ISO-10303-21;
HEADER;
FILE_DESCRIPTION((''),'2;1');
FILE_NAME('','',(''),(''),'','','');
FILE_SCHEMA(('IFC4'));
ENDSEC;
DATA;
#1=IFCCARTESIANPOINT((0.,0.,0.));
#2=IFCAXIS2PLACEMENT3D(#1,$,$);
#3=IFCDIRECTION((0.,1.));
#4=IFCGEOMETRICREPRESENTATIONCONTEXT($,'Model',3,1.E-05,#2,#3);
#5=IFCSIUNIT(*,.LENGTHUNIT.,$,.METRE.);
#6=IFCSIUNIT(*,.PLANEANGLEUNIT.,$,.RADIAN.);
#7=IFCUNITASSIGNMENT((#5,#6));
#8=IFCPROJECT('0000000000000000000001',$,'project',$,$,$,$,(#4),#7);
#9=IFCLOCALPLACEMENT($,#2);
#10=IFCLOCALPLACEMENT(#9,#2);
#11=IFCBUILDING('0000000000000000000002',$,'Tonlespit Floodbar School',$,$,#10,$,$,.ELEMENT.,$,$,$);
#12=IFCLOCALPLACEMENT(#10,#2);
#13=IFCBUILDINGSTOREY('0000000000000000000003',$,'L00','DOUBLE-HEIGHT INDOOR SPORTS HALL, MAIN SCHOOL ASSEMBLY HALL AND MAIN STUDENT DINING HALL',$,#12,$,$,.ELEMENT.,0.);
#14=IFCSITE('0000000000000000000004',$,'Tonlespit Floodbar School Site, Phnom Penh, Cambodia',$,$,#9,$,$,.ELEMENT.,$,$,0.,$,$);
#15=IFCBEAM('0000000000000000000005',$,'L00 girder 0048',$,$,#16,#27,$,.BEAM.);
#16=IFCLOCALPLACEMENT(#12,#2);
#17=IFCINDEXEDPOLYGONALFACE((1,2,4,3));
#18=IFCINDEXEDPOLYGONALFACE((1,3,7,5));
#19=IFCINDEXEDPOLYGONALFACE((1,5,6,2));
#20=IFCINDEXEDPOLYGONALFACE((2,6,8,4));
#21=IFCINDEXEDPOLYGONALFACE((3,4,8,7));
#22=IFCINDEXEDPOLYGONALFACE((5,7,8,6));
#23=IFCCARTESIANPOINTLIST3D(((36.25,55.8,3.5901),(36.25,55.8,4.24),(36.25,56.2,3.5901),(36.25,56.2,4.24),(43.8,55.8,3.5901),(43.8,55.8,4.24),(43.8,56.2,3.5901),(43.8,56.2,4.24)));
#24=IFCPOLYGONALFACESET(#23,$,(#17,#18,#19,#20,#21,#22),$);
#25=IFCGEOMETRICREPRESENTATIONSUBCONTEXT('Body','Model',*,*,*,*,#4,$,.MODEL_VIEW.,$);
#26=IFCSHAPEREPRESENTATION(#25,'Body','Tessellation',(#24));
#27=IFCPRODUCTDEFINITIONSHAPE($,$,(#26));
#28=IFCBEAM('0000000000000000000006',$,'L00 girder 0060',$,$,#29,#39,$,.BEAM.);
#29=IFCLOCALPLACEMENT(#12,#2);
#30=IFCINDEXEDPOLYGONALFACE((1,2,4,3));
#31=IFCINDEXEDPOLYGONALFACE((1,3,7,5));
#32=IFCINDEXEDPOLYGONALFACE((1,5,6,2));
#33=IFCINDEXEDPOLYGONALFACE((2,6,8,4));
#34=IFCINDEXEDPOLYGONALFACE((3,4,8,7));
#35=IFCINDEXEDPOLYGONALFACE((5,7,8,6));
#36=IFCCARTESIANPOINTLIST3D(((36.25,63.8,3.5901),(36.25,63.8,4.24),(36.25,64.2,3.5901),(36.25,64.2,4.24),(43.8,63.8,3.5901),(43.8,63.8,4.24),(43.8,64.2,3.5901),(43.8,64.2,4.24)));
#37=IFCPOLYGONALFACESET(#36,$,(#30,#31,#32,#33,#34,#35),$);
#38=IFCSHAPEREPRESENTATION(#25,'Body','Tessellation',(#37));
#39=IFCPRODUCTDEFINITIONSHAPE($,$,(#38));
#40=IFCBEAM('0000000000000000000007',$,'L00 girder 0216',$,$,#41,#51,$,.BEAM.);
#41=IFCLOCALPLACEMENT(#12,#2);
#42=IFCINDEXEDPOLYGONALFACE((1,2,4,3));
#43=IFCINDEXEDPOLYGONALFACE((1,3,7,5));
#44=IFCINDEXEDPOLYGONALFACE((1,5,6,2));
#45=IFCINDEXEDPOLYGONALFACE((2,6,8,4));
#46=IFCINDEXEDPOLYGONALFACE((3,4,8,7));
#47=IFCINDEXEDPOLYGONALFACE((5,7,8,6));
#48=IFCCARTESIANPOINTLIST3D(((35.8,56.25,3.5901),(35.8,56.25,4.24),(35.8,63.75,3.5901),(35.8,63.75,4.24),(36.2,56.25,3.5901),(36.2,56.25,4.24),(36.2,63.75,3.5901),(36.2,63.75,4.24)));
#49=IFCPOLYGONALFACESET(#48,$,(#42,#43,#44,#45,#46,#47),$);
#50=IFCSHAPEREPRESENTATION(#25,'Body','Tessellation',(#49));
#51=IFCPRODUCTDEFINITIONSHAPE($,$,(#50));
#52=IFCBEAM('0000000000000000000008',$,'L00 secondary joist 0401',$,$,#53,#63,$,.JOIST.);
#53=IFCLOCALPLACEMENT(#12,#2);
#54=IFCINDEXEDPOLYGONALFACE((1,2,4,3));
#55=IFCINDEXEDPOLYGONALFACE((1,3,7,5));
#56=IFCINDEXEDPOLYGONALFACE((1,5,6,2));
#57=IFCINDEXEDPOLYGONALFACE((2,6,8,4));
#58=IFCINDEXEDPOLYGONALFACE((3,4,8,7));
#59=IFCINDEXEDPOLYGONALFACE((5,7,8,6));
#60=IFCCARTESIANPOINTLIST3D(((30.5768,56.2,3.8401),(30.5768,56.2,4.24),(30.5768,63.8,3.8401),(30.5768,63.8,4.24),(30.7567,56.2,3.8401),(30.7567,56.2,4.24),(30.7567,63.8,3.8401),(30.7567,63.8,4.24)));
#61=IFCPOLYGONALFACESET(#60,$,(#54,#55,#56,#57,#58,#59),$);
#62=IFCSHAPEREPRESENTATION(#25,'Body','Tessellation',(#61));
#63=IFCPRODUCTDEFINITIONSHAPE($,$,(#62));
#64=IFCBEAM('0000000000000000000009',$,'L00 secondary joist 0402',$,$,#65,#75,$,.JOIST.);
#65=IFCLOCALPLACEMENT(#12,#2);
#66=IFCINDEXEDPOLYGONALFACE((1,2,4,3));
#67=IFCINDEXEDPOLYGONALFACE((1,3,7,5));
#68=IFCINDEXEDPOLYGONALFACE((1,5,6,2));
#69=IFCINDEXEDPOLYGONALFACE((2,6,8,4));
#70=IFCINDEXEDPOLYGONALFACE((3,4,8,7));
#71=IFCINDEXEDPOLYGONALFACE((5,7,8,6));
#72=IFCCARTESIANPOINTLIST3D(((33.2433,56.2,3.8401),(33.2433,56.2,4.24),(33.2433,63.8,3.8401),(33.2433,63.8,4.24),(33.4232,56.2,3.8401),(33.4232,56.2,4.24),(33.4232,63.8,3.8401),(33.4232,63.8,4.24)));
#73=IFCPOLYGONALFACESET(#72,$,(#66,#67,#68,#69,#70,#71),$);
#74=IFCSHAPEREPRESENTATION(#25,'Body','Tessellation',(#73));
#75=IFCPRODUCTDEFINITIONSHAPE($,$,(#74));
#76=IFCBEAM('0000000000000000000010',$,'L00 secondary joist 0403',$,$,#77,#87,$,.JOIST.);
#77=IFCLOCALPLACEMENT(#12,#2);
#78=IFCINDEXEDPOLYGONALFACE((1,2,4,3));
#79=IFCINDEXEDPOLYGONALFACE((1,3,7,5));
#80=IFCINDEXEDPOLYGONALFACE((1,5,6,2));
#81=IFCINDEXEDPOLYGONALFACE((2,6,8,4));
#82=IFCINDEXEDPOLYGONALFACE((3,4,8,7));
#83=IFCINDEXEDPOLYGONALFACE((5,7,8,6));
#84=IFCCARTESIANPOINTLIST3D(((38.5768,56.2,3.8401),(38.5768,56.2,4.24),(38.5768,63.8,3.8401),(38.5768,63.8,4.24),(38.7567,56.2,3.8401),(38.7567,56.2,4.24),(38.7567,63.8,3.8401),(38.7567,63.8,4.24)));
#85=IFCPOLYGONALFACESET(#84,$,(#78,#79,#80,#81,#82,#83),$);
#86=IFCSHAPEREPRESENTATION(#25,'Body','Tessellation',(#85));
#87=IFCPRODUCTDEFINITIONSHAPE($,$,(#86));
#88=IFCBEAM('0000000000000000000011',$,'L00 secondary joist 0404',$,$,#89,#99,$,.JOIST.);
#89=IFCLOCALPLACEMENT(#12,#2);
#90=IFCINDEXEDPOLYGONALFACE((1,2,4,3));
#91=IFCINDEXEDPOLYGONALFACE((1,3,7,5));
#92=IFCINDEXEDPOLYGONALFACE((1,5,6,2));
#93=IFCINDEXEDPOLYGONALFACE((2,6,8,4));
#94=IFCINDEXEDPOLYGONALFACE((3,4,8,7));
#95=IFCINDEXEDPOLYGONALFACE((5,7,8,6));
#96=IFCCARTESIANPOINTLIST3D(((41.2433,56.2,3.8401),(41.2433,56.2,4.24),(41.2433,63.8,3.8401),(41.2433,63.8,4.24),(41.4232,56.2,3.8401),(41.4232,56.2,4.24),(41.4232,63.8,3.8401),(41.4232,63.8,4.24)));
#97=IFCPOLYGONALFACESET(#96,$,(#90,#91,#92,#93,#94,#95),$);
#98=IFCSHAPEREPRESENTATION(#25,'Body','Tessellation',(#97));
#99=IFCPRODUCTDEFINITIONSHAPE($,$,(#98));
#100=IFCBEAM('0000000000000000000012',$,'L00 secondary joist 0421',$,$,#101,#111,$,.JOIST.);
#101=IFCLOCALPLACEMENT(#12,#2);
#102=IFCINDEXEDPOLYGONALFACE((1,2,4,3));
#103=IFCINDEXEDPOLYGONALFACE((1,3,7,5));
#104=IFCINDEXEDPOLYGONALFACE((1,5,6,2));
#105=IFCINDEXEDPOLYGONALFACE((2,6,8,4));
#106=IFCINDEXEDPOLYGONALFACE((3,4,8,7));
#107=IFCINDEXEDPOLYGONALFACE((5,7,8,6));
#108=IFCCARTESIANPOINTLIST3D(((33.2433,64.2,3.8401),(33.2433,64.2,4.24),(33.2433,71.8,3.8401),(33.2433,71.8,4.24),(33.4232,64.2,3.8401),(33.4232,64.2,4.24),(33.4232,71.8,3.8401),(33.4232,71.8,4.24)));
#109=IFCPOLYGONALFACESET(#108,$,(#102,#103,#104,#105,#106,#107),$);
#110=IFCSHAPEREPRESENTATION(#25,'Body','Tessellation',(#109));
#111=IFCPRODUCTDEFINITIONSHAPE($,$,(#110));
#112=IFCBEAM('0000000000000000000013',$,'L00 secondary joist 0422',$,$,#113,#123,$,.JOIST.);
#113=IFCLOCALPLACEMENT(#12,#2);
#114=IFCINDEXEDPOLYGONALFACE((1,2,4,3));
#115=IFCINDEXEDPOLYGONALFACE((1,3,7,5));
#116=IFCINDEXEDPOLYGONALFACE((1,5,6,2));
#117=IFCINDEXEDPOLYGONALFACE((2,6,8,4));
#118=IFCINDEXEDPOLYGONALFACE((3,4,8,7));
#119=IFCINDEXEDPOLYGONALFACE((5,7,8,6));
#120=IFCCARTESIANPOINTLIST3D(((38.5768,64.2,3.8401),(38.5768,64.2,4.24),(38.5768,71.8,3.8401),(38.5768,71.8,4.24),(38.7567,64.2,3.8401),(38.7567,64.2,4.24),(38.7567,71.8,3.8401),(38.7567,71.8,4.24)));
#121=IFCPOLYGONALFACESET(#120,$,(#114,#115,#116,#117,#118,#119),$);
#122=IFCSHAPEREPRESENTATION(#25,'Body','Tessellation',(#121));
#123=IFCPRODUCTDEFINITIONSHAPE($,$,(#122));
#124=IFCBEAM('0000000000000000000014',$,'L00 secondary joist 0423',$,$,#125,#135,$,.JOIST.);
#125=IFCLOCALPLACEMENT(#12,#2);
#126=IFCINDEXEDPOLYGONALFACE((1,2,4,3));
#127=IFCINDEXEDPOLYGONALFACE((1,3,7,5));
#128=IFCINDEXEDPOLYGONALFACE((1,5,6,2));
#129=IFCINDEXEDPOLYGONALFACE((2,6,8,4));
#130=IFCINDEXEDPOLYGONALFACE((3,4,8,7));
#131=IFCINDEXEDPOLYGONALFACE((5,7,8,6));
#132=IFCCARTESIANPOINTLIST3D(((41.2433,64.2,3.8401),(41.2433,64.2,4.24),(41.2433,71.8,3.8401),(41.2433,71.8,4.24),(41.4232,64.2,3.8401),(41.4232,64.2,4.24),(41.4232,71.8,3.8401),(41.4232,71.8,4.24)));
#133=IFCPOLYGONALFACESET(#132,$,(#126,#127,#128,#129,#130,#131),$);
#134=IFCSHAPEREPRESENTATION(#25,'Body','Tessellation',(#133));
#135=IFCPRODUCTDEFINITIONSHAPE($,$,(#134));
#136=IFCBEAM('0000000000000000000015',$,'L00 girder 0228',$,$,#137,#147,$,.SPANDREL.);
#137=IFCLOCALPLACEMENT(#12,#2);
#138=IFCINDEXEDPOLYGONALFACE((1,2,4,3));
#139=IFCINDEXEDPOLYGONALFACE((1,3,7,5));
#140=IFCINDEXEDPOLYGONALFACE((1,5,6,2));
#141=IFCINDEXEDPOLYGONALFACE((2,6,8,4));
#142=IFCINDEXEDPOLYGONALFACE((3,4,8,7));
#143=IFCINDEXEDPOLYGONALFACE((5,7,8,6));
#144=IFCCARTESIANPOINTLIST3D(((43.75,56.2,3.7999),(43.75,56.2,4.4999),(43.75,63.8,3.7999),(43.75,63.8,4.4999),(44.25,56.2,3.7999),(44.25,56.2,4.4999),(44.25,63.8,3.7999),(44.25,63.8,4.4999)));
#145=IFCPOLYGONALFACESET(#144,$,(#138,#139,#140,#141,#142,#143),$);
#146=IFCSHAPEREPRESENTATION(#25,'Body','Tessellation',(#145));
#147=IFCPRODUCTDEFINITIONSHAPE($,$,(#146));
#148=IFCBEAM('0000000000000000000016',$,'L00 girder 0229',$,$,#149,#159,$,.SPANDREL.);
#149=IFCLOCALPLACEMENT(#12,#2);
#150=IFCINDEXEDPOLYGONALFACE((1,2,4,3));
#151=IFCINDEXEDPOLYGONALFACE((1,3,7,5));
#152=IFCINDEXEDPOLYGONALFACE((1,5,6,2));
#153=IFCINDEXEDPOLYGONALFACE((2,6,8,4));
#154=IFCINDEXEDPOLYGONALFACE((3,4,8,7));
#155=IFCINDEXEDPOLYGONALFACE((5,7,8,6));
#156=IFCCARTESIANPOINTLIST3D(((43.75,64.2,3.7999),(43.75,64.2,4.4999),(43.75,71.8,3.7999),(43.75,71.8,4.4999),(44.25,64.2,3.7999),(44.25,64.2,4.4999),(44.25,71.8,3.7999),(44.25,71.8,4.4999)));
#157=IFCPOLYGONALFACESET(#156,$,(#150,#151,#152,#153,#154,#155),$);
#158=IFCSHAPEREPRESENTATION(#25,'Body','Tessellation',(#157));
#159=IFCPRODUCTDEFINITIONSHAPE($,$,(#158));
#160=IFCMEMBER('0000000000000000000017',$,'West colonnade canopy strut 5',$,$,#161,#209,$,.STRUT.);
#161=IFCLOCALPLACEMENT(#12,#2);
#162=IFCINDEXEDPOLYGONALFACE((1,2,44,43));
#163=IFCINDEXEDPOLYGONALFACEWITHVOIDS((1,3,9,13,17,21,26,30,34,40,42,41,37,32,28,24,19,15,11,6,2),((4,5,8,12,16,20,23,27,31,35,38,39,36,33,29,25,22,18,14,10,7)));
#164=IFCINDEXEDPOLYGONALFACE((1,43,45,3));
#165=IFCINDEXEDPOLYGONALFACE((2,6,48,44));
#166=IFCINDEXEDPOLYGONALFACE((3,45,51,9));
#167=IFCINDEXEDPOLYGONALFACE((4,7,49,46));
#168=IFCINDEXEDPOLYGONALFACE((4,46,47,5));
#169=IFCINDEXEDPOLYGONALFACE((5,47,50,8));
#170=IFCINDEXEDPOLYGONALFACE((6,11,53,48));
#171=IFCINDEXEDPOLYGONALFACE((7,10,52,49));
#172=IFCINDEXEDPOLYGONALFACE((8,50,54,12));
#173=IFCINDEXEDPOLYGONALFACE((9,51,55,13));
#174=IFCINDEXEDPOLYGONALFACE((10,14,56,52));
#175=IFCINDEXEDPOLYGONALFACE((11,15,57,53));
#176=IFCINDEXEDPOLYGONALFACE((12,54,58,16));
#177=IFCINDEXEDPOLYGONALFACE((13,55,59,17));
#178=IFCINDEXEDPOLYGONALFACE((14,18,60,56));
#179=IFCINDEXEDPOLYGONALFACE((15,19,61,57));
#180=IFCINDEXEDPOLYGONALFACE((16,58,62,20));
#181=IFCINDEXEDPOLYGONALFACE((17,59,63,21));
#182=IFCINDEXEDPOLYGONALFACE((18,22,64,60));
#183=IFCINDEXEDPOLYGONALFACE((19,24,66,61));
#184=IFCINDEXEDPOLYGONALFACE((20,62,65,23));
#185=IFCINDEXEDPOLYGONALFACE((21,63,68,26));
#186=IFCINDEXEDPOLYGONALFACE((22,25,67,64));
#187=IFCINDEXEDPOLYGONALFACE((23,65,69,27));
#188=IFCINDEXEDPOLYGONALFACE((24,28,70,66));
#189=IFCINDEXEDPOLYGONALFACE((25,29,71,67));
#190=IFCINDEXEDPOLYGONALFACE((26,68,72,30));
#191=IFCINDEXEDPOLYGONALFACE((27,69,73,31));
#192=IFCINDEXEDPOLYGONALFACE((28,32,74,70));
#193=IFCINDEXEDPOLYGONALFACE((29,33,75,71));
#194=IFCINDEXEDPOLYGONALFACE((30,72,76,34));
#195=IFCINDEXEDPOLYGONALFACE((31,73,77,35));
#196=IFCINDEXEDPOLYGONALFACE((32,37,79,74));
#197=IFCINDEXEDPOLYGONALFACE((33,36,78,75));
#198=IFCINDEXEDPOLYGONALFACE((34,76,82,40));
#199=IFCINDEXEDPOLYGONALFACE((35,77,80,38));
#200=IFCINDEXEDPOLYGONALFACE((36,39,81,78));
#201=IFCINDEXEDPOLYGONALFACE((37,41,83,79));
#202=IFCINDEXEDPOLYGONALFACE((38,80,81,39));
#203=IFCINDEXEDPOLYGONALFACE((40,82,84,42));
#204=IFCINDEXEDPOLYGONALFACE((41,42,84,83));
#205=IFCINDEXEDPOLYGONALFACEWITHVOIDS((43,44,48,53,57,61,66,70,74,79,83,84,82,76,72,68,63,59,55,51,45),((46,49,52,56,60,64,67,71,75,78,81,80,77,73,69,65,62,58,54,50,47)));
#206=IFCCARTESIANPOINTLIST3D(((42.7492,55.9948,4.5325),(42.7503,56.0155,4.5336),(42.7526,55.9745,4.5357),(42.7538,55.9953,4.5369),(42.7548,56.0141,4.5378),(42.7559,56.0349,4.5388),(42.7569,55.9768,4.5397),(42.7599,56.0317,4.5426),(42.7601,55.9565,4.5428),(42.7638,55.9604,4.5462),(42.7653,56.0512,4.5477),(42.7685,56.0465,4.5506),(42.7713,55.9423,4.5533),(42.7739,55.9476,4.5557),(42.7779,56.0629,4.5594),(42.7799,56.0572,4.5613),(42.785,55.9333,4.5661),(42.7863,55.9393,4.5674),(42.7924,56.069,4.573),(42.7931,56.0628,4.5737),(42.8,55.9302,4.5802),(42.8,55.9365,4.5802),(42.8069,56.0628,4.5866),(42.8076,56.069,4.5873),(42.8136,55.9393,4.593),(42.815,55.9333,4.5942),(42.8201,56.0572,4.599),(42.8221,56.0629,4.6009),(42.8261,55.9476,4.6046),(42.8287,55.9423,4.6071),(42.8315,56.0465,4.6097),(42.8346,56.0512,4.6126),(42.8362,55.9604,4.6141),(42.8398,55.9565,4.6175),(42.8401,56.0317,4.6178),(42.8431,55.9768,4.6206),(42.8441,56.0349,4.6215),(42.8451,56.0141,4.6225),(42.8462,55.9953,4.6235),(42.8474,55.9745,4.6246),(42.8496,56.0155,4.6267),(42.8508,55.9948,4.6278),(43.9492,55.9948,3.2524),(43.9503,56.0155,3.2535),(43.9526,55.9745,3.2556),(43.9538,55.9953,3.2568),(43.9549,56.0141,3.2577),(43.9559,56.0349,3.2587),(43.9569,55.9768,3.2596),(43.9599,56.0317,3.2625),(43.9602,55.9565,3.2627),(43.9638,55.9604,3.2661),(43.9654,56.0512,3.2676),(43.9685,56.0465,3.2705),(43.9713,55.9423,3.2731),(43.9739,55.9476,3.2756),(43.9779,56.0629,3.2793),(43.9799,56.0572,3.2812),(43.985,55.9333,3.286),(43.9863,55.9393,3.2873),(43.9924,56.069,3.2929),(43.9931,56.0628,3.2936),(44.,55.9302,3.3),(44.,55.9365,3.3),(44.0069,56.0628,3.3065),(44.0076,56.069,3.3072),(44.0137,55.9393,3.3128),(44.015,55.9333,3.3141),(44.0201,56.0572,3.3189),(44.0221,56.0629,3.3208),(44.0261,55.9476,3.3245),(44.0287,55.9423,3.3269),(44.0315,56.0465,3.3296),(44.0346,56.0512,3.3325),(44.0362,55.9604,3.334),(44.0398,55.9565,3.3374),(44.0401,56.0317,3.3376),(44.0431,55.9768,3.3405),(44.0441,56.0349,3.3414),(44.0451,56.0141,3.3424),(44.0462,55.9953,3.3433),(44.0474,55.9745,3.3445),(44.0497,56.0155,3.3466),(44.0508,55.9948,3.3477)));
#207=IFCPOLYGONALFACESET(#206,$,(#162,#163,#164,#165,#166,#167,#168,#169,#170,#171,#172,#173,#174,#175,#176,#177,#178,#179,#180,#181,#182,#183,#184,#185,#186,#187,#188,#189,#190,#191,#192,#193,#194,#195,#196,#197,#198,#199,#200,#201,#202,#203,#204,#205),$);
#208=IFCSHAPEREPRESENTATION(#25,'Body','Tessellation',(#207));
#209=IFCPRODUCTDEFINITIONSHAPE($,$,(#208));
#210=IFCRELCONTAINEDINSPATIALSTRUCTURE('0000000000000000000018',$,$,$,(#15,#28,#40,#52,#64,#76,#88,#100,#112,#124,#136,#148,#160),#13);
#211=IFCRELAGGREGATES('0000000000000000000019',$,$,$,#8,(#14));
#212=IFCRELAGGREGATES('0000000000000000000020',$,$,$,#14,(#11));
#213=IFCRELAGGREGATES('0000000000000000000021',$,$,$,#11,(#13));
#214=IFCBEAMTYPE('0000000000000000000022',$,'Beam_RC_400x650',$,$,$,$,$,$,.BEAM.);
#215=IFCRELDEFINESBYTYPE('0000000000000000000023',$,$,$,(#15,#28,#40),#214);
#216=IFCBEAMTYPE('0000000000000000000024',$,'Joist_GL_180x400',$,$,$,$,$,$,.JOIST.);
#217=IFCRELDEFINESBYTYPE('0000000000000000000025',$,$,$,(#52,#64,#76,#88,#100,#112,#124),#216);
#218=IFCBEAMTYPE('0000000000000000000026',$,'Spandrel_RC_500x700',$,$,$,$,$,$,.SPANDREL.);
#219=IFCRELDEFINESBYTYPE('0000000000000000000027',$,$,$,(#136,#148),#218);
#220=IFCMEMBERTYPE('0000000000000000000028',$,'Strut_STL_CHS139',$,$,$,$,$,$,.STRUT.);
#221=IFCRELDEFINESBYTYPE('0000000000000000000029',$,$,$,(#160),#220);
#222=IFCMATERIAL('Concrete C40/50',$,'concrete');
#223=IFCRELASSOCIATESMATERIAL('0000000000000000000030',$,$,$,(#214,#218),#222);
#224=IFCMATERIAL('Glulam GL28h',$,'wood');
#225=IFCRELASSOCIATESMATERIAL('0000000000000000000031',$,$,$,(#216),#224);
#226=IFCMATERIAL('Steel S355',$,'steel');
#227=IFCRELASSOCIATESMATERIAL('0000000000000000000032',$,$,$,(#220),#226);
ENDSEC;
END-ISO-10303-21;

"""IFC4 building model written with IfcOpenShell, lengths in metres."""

from ifc_helpers import new_model, si_unit, direction, frame, origin, origin_2d, place, context, subcontext, project, spatial, rectangle, hollow_circle, extrude, material, material_profile, profile_set, type_object, element, save


model = new_model("IFC4")

# Units and contexts
model_context = context("Model", 3, precision=1e-05, world=origin(), true_north=direction((0.0, 1.0)))
body_context = subcontext(model_context, "Body", "Model", "MODEL_VIEW")
ifc_project = project(units=[si_unit("LENGTHUNIT", "METRE"), si_unit("PLANEANGLEUNIT", "RADIAN")], contexts=[model_context])

# Site, building, storey
site_placement = place(None, origin())
site = spatial("IfcSite", under=ifc_project, at=site_placement, Name="Tonlespit Floodbar School Site, Phnom Penh, Cambodia", CompositionType="ELEMENT", RefElevation=0.0)
building_placement = place(site_placement, origin())
building = spatial("IfcBuilding", under=site, at=building_placement, Name="Tonlespit Floodbar School", CompositionType="ELEMENT")
storey_placement = place(building_placement, origin())
storey = spatial("IfcBuildingStorey", under=building, at=storey_placement, Name="L00", Description="DOUBLE-HEIGHT INDOOR SPORTS HALL, MAIN SCHOOL ASSEMBLY HALL AND MAIN STUDENT DINING HALL", CompositionType="ELEMENT", Elevation=0.0)

# Shared definitions
ifc_material_1 = material(Name="Concrete C40/50", Category="concrete")

# Beams
ifc_material_profile_1 = material_profile(ifc_material_1, rectangle(XDim=0.3999, YDim=0.6499, at=origin_2d()), Name="RC 400x650")
ifc_profile_set_1 = profile_set([ifc_material_profile_1], Name="Concrete C40/50")
beam_type_1 = type_object("IfcBeamType", Name="Beam_RC_400x650", PredefinedType="BEAM", material=ifc_profile_set_1)
for number, where, z_axis, x_axis, name in (
    (1, (36.25, 56.0, 3.915), (1.0, 0.0, 0.0), (0.0, 1.0, 0.0), "L00 girder 0048"),
    (2, (36.25, 64.0, 3.915), (1.0, 0.0, 0.0), (0.0, 1.0, 0.0), "L00 girder 0060"),
):
    element("IfcBeam", number, at=place(storey_placement, frame(where, z_axis=z_axis, x_axis=x_axis)), inside=storey, type_object=beam_type_1, Name=name, PredefinedType="BEAM", context=body_context, shape_type="SweptSolid", body=[
        extrude(rectangle(XDim=0.3999, YDim=0.6499, at=origin_2d()), origin(), (0.0, 0.0, 1.0), 7.55),
    ])
beam_placement = place(storey_placement, frame((36.0, 56.25, 3.915), z_axis=(0.0, 1.0, 0.0), x_axis=(-1.0, 0.0, 0.0)))
element("IfcBeam", 3, at=beam_placement, inside=storey, type_object=beam_type_1, Name="L00 girder 0216", PredefinedType="BEAM", context=body_context, shape_type="SweptSolid", body=[
    extrude(rectangle(XDim=0.3999, YDim=0.6499, at=origin_2d()), origin(), (0.0, 0.0, 1.0), 7.5),
])
ifc_material_2 = material(Name="Glulam GL28h", Category="wood")
ifc_material_profile_2 = material_profile(ifc_material_2, rectangle(XDim=0.1799, YDim=0.3999, at=origin_2d()), Name="GL 180x400")
ifc_profile_set_2 = profile_set([ifc_material_profile_2], Name="Glulam GL28h")
beam_type_2 = type_object("IfcBeamType", Name="Joist_GL_180x400", PredefinedType="JOIST", material=ifc_profile_set_2)
for number, where, z_axis, x_axis, name in (
    (4, (30.6667, 56.2, 4.04), (0.0, 1.0, 0.0), (-1.0, 0.0, 0.0), "L00 secondary joist 0401"),
    (5, (33.3333, 56.2, 4.04), (0.0, 1.0, 0.0), (-1.0, 0.0, 0.0), "L00 secondary joist 0402"),
    (6, (38.6667, 56.2, 4.04), (0.0, 1.0, 0.0), (-1.0, 0.0, 0.0), "L00 secondary joist 0403"),
    (7, (41.3333, 56.2, 4.04), (0.0, 1.0, 0.0), (-1.0, 0.0, 0.0), "L00 secondary joist 0404"),
    (8, (33.3333, 64.2, 4.04), (0.0, 1.0, 0.0), (-1.0, 0.0, 0.0), "L00 secondary joist 0421"),
    (9, (38.6667, 64.2, 4.04), (0.0, 1.0, 0.0), (-1.0, 0.0, 0.0), "L00 secondary joist 0422"),
    (10, (41.3333, 64.2, 4.04), (0.0, 1.0, 0.0), (-1.0, 0.0, 0.0), "L00 secondary joist 0423"),
):
    element("IfcBeam", number, at=place(storey_placement, frame(where, z_axis=z_axis, x_axis=x_axis)), inside=storey, type_object=beam_type_2, Name=name, PredefinedType="JOIST", context=body_context, shape_type="SweptSolid", body=[
        extrude(rectangle(XDim=0.1799, YDim=0.3999, at=origin_2d()), origin(), (0.0, 0.0, 1.0), 7.6001),
    ])
ifc_material_profile_3 = material_profile(ifc_material_1, rectangle(XDim=0.5, YDim=0.7, at=origin_2d()), Name="RC 500x700")
ifc_profile_set_3 = profile_set([ifc_material_profile_3], Name="Concrete C40/50")
beam_type_3 = type_object("IfcBeamType", Name="Spandrel_RC_500x700", PredefinedType="SPANDREL", material=ifc_profile_set_3)
for number, where, z_axis, x_axis, name in (
    (11, (44.0, 56.2, 4.1499), (0.0, 1.0, 0.0), (-1.0, 0.0, 0.0), "L00 girder 0228"),
    (12, (44.0, 64.2, 4.1499), (0.0, 1.0, 0.0), (-1.0, 0.0, 0.0), "L00 girder 0229"),
):
    element("IfcBeam", number, at=place(storey_placement, frame(where, z_axis=z_axis, x_axis=x_axis)), inside=storey, type_object=beam_type_3, Name=name, PredefinedType="SPANDREL", context=body_context, shape_type="SweptSolid", body=[
        extrude(rectangle(XDim=0.5, YDim=0.7, at=origin_2d()), origin(), (0.0, 0.0, 1.0), 7.6001),
    ])

# Member
ifc_material_3 = material(Name="Steel S355", Category="steel")
ifc_material_profile_4 = material_profile(ifc_material_3, hollow_circle(Radius=0.0698, WallThickness=0.0063, at=origin_2d()), Name="CHS 139.7x6.3")
ifc_profile_set_4 = profile_set([ifc_material_profile_4], Name="Steel S355")
member_type = type_object("IfcMemberType", Name="Strut_STL_CHS139", PredefinedType="STRUT", material=ifc_profile_set_4)
member_placement = place(storey_placement, frame((44.0, 56.0, 3.3), z_axis=(-0.683918, 0.0, 0.729559), x_axis=(0.0, -1.0, 0.0)))
element("IfcMember", 13, at=member_placement, inside=storey, type_object=member_type, Name="West colonnade canopy strut 5", PredefinedType="STRUT", context=body_context, shape_type="SweptSolid", body=[
    extrude(hollow_circle(Radius=0.0698, WallThickness=0.0063, at=origin_2d()), origin(), (0.0, 0.0, 1.0), 1.7546),
])

save(model, "model.ifc")
